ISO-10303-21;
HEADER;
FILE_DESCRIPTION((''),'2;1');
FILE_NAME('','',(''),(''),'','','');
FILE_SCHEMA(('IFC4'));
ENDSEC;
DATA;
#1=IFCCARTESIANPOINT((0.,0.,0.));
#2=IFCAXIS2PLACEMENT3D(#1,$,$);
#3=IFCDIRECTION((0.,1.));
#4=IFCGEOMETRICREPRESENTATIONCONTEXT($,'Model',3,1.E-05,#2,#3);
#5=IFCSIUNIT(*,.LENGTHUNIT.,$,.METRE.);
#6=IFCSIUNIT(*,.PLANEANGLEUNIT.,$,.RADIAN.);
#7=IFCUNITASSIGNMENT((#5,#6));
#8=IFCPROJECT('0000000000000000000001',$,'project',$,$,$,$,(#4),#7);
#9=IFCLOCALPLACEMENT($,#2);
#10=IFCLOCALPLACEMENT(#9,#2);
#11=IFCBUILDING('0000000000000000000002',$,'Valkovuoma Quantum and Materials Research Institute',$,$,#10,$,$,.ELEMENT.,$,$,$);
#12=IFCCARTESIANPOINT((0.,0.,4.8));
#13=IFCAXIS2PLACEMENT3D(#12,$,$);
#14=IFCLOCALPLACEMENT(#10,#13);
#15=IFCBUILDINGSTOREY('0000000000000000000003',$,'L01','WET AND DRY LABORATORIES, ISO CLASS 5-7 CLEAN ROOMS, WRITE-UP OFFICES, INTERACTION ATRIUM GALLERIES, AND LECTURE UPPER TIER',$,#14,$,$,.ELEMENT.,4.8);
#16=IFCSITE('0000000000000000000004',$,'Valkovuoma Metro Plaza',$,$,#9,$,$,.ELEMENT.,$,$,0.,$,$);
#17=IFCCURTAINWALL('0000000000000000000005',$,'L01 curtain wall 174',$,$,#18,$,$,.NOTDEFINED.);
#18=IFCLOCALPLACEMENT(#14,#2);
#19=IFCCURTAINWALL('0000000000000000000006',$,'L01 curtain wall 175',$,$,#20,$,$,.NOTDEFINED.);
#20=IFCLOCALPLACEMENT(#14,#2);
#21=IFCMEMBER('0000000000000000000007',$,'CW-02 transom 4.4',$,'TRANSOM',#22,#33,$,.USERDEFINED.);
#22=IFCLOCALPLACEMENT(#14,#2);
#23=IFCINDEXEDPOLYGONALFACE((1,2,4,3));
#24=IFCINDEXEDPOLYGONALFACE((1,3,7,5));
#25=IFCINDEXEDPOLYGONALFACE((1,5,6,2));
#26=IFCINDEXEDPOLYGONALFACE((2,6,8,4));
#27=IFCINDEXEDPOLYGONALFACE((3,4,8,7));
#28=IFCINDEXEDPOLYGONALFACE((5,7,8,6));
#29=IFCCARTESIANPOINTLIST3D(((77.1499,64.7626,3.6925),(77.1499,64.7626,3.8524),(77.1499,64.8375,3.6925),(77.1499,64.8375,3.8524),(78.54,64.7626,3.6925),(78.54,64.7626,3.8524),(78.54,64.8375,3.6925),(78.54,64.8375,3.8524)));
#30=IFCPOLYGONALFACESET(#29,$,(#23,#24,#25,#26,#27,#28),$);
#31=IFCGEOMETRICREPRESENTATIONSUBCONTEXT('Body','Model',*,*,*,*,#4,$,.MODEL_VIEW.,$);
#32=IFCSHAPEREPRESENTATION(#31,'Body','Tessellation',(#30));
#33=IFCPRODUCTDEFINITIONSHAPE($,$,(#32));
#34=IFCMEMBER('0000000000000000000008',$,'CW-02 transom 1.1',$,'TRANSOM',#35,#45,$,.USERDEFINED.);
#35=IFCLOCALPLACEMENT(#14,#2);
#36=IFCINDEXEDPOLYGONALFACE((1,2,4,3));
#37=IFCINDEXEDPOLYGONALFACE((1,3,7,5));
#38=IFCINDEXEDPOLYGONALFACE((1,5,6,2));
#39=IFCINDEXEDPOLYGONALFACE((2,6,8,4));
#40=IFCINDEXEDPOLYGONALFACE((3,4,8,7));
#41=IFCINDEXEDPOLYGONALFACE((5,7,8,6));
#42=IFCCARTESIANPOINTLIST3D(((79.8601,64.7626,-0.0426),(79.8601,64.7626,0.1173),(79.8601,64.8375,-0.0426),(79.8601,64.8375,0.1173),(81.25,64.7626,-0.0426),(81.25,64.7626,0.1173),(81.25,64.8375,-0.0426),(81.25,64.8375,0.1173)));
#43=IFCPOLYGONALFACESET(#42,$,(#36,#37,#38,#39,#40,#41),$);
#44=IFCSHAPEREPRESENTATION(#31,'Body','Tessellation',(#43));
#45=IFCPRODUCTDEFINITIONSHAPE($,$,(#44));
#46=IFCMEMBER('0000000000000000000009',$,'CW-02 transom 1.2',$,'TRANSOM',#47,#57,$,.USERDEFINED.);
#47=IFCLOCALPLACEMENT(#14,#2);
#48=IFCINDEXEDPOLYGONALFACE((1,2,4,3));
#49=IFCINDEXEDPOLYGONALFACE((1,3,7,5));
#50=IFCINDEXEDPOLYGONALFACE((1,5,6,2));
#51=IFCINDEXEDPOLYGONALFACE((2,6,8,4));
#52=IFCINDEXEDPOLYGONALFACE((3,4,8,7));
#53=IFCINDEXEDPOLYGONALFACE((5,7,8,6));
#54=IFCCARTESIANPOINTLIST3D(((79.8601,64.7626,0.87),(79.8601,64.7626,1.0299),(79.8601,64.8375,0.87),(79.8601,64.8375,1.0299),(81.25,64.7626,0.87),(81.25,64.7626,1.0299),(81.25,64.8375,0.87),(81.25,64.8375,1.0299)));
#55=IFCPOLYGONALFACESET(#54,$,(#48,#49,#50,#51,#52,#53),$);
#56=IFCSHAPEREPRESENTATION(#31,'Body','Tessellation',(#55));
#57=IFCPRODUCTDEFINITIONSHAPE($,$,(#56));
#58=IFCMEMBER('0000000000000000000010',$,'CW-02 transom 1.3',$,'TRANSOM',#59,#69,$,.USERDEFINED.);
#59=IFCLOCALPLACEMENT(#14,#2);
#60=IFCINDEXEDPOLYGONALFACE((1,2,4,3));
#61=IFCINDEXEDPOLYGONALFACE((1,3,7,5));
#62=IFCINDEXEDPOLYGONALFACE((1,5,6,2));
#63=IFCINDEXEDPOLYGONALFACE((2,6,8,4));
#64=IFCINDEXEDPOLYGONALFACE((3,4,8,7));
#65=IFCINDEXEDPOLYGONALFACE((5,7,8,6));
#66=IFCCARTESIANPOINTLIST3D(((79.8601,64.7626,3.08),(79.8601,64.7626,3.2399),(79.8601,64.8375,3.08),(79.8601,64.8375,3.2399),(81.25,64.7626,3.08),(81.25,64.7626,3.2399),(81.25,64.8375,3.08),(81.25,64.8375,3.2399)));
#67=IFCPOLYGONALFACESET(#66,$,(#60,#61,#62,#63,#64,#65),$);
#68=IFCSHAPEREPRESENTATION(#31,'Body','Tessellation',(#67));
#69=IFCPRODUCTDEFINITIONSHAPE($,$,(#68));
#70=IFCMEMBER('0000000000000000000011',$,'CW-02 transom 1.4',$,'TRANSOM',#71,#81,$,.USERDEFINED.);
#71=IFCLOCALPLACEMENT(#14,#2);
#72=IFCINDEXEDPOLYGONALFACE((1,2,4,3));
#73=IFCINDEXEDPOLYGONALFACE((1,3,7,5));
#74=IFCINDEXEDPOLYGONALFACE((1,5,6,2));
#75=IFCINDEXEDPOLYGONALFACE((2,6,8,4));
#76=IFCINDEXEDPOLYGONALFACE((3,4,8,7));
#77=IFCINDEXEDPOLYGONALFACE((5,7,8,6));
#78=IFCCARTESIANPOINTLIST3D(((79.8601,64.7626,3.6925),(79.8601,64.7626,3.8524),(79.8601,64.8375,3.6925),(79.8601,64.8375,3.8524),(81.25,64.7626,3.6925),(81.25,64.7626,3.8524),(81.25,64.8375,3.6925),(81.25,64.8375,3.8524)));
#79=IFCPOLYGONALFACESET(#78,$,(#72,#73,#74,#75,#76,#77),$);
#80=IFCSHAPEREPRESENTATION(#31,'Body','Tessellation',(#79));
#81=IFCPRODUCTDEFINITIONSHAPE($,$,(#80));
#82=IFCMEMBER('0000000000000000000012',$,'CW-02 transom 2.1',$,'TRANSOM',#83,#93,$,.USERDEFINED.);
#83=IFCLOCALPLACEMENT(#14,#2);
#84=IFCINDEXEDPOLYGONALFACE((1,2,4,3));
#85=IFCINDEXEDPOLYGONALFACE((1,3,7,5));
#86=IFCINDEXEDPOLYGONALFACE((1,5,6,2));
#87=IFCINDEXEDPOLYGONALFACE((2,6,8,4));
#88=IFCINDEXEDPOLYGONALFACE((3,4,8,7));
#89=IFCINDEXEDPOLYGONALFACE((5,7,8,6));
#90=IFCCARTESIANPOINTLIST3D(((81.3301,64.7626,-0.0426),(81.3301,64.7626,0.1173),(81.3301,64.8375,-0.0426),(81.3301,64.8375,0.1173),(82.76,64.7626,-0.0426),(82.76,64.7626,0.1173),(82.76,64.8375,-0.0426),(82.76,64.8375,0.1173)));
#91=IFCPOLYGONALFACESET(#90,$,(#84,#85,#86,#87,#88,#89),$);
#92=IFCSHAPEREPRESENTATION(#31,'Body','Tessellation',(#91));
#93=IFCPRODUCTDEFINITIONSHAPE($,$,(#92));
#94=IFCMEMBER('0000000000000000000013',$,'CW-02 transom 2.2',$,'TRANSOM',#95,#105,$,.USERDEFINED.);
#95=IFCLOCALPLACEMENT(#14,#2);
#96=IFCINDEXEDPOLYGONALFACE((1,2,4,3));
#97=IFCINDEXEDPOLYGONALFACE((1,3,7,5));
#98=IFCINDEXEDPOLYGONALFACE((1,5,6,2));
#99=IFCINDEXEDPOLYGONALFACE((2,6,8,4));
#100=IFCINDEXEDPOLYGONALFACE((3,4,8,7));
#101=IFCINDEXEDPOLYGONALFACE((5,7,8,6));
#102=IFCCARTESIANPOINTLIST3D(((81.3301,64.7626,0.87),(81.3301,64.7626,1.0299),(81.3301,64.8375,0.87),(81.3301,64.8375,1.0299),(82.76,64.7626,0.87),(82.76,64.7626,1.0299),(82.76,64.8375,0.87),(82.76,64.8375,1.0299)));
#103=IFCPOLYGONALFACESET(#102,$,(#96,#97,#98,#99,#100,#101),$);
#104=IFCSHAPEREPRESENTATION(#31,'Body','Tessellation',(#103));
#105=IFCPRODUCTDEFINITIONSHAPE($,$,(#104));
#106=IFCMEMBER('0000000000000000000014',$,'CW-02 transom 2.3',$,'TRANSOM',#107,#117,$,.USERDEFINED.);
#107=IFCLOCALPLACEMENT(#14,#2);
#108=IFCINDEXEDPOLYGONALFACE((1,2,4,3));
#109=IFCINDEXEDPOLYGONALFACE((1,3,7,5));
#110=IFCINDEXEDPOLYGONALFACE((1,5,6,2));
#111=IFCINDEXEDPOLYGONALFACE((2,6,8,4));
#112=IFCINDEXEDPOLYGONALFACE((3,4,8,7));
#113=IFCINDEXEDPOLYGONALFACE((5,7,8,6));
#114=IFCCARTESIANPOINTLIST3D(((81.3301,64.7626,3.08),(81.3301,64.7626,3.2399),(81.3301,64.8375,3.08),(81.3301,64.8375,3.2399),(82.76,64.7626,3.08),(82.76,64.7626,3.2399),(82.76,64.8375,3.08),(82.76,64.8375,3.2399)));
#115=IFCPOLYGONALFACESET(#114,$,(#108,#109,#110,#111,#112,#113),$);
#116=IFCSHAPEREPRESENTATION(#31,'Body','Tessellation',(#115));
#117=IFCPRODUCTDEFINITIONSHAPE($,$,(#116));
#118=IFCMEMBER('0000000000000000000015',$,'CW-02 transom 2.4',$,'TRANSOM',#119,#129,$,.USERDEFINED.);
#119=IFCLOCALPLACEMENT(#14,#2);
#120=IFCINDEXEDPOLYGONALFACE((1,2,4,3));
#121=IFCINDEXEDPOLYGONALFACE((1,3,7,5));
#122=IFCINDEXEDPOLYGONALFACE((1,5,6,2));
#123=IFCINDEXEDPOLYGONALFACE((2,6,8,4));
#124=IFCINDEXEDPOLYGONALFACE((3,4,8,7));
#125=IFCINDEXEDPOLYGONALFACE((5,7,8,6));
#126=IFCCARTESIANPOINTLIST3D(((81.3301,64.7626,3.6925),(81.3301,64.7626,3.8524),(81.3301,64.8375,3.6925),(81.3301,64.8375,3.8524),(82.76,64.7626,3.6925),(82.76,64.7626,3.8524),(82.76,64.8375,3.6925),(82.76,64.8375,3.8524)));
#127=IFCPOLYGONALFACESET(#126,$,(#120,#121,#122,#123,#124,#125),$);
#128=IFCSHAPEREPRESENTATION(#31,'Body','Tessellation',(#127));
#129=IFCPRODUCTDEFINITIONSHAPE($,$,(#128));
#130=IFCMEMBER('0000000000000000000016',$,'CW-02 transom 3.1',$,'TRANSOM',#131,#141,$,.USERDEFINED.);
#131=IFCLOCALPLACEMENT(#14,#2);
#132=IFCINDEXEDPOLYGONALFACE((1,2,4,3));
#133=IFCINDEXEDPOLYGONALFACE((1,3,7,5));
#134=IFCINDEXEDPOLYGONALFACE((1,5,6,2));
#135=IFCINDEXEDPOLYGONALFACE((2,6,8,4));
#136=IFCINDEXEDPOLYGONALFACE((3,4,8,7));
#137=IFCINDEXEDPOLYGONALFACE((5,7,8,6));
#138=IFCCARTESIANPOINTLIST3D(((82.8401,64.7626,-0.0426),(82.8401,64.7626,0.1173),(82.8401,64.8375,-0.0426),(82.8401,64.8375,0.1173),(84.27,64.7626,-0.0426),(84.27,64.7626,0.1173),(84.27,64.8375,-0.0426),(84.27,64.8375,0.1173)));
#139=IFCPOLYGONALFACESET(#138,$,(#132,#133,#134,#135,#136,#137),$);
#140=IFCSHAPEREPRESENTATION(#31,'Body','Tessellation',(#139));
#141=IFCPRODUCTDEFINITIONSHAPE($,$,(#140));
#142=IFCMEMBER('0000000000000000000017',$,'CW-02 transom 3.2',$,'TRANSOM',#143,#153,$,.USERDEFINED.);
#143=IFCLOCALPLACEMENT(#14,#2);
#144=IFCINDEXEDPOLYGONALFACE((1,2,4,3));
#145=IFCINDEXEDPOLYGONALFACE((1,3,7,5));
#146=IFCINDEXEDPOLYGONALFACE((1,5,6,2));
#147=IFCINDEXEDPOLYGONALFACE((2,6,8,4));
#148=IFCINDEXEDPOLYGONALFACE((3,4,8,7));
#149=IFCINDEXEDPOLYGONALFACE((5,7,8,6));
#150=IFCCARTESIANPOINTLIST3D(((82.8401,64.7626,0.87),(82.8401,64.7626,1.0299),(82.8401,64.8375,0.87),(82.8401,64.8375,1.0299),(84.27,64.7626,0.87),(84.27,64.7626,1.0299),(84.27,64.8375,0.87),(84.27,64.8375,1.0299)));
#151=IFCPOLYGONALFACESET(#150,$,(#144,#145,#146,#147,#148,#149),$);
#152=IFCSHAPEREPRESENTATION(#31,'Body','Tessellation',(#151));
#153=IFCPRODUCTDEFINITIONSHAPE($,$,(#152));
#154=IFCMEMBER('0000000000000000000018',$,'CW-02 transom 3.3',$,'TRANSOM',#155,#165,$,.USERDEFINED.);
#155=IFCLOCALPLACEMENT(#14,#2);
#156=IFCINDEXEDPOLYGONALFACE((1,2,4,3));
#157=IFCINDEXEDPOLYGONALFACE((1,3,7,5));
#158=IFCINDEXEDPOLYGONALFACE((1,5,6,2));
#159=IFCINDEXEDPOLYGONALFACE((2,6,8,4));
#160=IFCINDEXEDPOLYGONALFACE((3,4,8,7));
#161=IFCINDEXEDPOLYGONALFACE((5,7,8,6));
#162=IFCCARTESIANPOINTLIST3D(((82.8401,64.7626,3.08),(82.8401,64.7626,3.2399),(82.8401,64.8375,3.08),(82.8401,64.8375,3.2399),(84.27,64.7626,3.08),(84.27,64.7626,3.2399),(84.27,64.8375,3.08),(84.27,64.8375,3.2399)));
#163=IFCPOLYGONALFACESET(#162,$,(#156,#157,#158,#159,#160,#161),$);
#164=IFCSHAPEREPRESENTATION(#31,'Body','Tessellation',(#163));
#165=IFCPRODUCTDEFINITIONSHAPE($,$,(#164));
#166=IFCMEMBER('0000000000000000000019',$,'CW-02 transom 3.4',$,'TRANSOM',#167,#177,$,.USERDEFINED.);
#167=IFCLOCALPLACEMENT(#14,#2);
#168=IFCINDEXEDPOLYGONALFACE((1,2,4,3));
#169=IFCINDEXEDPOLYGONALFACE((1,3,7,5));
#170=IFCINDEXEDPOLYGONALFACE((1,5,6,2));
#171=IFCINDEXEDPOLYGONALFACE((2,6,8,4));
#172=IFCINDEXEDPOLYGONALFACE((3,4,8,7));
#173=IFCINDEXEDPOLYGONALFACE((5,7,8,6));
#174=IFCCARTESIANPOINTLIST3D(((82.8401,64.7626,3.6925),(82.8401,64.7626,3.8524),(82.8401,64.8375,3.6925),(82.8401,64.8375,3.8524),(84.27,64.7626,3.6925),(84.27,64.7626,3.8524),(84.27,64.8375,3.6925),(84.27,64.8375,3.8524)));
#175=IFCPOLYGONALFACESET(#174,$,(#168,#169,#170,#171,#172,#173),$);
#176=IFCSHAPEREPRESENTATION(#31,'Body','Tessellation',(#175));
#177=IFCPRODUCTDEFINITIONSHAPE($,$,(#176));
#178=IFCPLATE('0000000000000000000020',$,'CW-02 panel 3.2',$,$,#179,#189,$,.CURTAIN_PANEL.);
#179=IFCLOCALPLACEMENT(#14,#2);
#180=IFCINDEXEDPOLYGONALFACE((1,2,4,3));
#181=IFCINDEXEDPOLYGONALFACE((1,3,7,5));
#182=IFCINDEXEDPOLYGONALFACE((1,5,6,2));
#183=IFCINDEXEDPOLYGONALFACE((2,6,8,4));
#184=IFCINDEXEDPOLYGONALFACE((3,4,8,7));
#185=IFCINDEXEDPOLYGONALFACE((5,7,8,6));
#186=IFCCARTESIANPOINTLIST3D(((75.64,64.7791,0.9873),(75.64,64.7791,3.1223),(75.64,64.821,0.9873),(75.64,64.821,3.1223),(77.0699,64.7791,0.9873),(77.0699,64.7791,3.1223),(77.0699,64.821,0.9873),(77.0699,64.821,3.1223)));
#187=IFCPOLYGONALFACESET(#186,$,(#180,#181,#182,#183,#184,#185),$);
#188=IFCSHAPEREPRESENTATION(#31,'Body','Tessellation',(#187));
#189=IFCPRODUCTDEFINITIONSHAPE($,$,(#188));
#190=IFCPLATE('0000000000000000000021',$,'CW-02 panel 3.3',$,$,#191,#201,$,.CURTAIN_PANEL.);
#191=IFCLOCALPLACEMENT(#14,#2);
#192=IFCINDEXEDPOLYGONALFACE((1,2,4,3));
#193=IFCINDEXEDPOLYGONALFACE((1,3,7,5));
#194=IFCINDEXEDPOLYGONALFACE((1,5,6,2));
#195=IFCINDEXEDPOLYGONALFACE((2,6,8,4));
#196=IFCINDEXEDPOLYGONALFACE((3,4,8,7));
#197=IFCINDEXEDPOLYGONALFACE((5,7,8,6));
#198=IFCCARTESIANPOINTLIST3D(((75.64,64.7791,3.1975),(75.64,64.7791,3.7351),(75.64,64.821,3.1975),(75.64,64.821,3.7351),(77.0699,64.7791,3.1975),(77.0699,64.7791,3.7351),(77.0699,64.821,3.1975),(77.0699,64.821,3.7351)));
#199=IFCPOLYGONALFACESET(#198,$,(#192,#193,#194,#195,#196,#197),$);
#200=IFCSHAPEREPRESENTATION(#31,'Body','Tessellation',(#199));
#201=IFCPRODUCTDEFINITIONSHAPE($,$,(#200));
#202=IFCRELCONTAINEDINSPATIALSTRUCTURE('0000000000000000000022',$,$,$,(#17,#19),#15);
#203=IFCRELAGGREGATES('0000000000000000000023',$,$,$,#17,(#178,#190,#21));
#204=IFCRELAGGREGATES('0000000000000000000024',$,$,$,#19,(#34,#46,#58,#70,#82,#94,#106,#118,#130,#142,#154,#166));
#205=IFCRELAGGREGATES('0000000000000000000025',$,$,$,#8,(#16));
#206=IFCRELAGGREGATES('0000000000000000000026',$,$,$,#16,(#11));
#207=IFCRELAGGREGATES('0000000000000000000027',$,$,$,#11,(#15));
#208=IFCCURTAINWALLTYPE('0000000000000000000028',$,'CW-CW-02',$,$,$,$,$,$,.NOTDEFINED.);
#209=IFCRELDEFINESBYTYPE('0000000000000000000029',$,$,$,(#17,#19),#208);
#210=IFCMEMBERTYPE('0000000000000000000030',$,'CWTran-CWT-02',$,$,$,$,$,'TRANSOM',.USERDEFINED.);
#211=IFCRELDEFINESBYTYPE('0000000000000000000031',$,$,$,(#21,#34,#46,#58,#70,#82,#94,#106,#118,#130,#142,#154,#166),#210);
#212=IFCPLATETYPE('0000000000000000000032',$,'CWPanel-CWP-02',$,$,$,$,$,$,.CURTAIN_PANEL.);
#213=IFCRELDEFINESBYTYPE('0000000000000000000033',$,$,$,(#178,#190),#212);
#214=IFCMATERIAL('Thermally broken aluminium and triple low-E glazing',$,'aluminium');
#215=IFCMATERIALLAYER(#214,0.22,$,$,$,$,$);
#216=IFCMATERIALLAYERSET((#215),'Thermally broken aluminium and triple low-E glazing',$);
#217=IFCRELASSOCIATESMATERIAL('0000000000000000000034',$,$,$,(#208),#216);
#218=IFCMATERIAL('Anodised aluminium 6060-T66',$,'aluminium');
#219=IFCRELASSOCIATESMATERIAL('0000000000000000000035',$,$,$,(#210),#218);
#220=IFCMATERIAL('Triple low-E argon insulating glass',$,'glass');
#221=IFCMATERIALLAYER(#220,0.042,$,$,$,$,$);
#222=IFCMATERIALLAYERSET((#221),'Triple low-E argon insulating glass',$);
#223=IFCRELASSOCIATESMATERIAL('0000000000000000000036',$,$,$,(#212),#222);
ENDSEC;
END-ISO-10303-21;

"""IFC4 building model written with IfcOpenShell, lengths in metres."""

from ifc_helpers import new_model, si_unit, direction, frame, origin, origin_2d, place, context, subcontext, project, spatial, rectangle, extrude, material, layer, layer_set, material_profile, profile_set, type_object, element, aggregate, save


model = new_model("IFC4")

# Units and contexts
model_context = context("Model", 3, precision=1e-05, world=origin(), true_north=direction((0.0, 1.0)))
body_context = subcontext(model_context, "Body", "Model", "MODEL_VIEW")
ifc_project = project(units=[si_unit("LENGTHUNIT", "METRE"), si_unit("PLANEANGLEUNIT", "RADIAN")], contexts=[model_context])

# Site, building, storey
site_placement = place(None, origin())
site = spatial("IfcSite", under=ifc_project, at=site_placement, Name="Valkovuoma Metro Plaza", CompositionType="ELEMENT", RefElevation=0.0)
building_placement = place(site_placement, origin())
building = spatial("IfcBuilding", under=site, at=building_placement, Name="Valkovuoma Quantum and Materials Research Institute", CompositionType="ELEMENT")
storey_placement = place(building_placement, frame((0.0, 0.0, 4.8)))
storey = spatial("IfcBuildingStorey", under=building, at=storey_placement, Name="L01", Description="WET AND DRY LABORATORIES, ISO CLASS 5-7 CLEAN ROOMS, WRITE-UP OFFICES, INTERACTION ATRIUM GALLERIES, AND LECTURE UPPER TIER", CompositionType="ELEMENT", Elevation=4.8)

# Curtain walls
ifc_material_1 = material(Name="Thermally broken aluminium and triple low-E glazing", Category="aluminium")
ifc_layer_1 = layer(ifc_material_1, 0.22)
ifc_layer_set_1 = layer_set([ifc_layer_1], Name="Thermally broken aluminium and triple low-E glazing")
curtain_wall_type = type_object("IfcCurtainWallType", Name="CW-CW-02", PredefinedType="NOTDEFINED", material=ifc_layer_set_1)
curtain_wall_1_placement = place(storey_placement, origin())
curtain_wall_1 = element("IfcCurtainWall", 1, at=curtain_wall_1_placement, inside=storey, type_object=curtain_wall_type, Name="L01 curtain wall 174", PredefinedType="NOTDEFINED")
curtain_wall_2_placement = place(storey_placement, origin())
curtain_wall_2 = element("IfcCurtainWall", 2, at=curtain_wall_2_placement, inside=storey, type_object=curtain_wall_type, Name="L01 curtain wall 175", PredefinedType="NOTDEFINED")

# Members
ifc_material_2 = material(Name="Anodised aluminium 6060-T66", Category="aluminium")
ifc_material_profile_1 = material_profile(ifc_material_2, rectangle(XDim=0.075, YDim=0.1599, at=origin_2d()), Name="Anodised aluminium 6060-T66")
ifc_profile_set_1 = profile_set([ifc_material_profile_1], Name="Anodised aluminium 6060-T66")
member_type_1 = type_object("IfcMemberType", Name="CWTran-CWT-02", ElementType="TRANSOM", PredefinedType="USERDEFINED", material=ifc_profile_set_1)
member_1_placement = place(storey_placement, frame((77.1499, 64.8, 3.7725), z_axis=(1.0, 0.0, 0.0), x_axis=(0.0, 1.0, 0.0)))
member_1 = element("IfcMember", 3, at=member_1_placement, type_object=member_type_1, Name="CW-02 transom 4.4", ObjectType="TRANSOM", PredefinedType="USERDEFINED", context=body_context, shape_type="SweptSolid", body=[
    extrude(rectangle(XDim=0.075, YDim=0.1599, at=origin_2d()), origin(), (0.0, 0.0, 1.0), 1.3901),
])
member_2_placement = place(storey_placement, frame((79.8601, 64.8, 0.0374), z_axis=(1.0, 0.0, 0.0), x_axis=(0.0, 1.0, 0.0)))
member_2 = element("IfcMember", 4, at=member_2_placement, type_object=member_type_1, Name="CW-02 transom 1.1", ObjectType="TRANSOM", PredefinedType="USERDEFINED", context=body_context, shape_type="SweptSolid", body=[
    extrude(rectangle(XDim=0.075, YDim=0.1599, at=origin_2d()), origin(), (0.0, 0.0, 1.0), 1.3899),
])
member_3_placement = place(storey_placement, frame((79.8601, 64.8, 0.95), z_axis=(1.0, 0.0, 0.0), x_axis=(0.0, 1.0, 0.0)))
member_3 = element("IfcMember", 5, at=member_3_placement, type_object=member_type_1, Name="CW-02 transom 1.2", ObjectType="TRANSOM", PredefinedType="USERDEFINED", context=body_context, shape_type="SweptSolid", body=[
    extrude(rectangle(XDim=0.075, YDim=0.1599, at=origin_2d()), origin(), (0.0, 0.0, 1.0), 1.3899),
])
member_4_placement = place(storey_placement, frame((79.8601, 64.8, 3.1599), z_axis=(1.0, 0.0, 0.0), x_axis=(0.0, 1.0, 0.0)))
member_4 = element("IfcMember", 6, at=member_4_placement, type_object=member_type_1, Name="CW-02 transom 1.3", ObjectType="TRANSOM", PredefinedType="USERDEFINED", context=body_context, shape_type="SweptSolid", body=[
    extrude(rectangle(XDim=0.075, YDim=0.1599, at=origin_2d()), origin(), (0.0, 0.0, 1.0), 1.3899),
])
member_5_placement = place(storey_placement, frame((79.8601, 64.8, 3.7725), z_axis=(1.0, 0.0, 0.0), x_axis=(0.0, 1.0, 0.0)))
member_5 = element("IfcMember", 7, at=member_5_placement, type_object=member_type_1, Name="CW-02 transom 1.4", ObjectType="TRANSOM", PredefinedType="USERDEFINED", context=body_context, shape_type="SweptSolid", body=[
    extrude(rectangle(XDim=0.075, YDim=0.1599, at=origin_2d()), origin(), (0.0, 0.0, 1.0), 1.3899),
])
member_6_placement = place(storey_placement, frame((81.3301, 64.8, 0.0374), z_axis=(1.0, 0.0, 0.0), x_axis=(0.0, 1.0, 0.0)))
member_6 = element("IfcMember", 8, at=member_6_placement, type_object=member_type_1, Name="CW-02 transom 2.1", ObjectType="TRANSOM", PredefinedType="USERDEFINED", context=body_context, shape_type="SweptSolid", body=[
    extrude(rectangle(XDim=0.075, YDim=0.1599, at=origin_2d()), origin(), (0.0, 0.0, 1.0), 1.4299),
])
member_7_placement = place(storey_placement, frame((81.3301, 64.8, 0.95), z_axis=(1.0, 0.0, 0.0), x_axis=(0.0, 1.0, 0.0)))
member_7 = element("IfcMember", 9, at=member_7_placement, type_object=member_type_1, Name="CW-02 transom 2.2", ObjectType="TRANSOM", PredefinedType="USERDEFINED", context=body_context, shape_type="SweptSolid", body=[
    extrude(rectangle(XDim=0.075, YDim=0.1599, at=origin_2d()), origin(), (0.0, 0.0, 1.0), 1.4299),
])
member_8_placement = place(storey_placement, frame((81.3301, 64.8, 3.1599), z_axis=(1.0, 0.0, 0.0), x_axis=(0.0, 1.0, 0.0)))
member_8 = element("IfcMember", 10, at=member_8_placement, type_object=member_type_1, Name="CW-02 transom 2.3", ObjectType="TRANSOM", PredefinedType="USERDEFINED", context=body_context, shape_type="SweptSolid", body=[
    extrude(rectangle(XDim=0.075, YDim=0.1599, at=origin_2d()), origin(), (0.0, 0.0, 1.0), 1.4299),
])
member_9_placement = place(storey_placement, frame((81.3301, 64.8, 3.7725), z_axis=(1.0, 0.0, 0.0), x_axis=(0.0, 1.0, 0.0)))
member_9 = element("IfcMember", 11, at=member_9_placement, type_object=member_type_1, Name="CW-02 transom 2.4", ObjectType="TRANSOM", PredefinedType="USERDEFINED", context=body_context, shape_type="SweptSolid", body=[
    extrude(rectangle(XDim=0.075, YDim=0.1599, at=origin_2d()), origin(), (0.0, 0.0, 1.0), 1.4299),
])
member_10_placement = place(storey_placement, frame((82.8401, 64.8, 0.0374), z_axis=(1.0, 0.0, 0.0), x_axis=(0.0, 1.0, 0.0)))
member_10 = element("IfcMember", 12, at=member_10_placement, type_object=member_type_1, Name="CW-02 transom 3.1", ObjectType="TRANSOM", PredefinedType="USERDEFINED", context=body_context, shape_type="SweptSolid", body=[
    extrude(rectangle(XDim=0.075, YDim=0.1599, at=origin_2d()), origin(), (0.0, 0.0, 1.0), 1.4299),
])
member_11_placement = place(storey_placement, frame((82.8401, 64.8, 0.95), z_axis=(1.0, 0.0, 0.0), x_axis=(0.0, 1.0, 0.0)))
member_11 = element("IfcMember", 13, at=member_11_placement, type_object=member_type_1, Name="CW-02 transom 3.2", ObjectType="TRANSOM", PredefinedType="USERDEFINED", context=body_context, shape_type="SweptSolid", body=[
    extrude(rectangle(XDim=0.075, YDim=0.1599, at=origin_2d()), origin(), (0.0, 0.0, 1.0), 1.4299),
])
member_12_placement = place(storey_placement, frame((82.8401, 64.8, 3.1599), z_axis=(1.0, 0.0, 0.0), x_axis=(0.0, 1.0, 0.0)))
member_12 = element("IfcMember", 14, at=member_12_placement, type_object=member_type_1, Name="CW-02 transom 3.3", ObjectType="TRANSOM", PredefinedType="USERDEFINED", context=body_context, shape_type="SweptSolid", body=[
    extrude(rectangle(XDim=0.075, YDim=0.1599, at=origin_2d()), origin(), (0.0, 0.0, 1.0), 1.4299),
])
member_13_placement = place(storey_placement, frame((82.8401, 64.8, 3.7725), z_axis=(1.0, 0.0, 0.0), x_axis=(0.0, 1.0, 0.0)))
member_13 = element("IfcMember", 15, at=member_13_placement, type_object=member_type_1, Name="CW-02 transom 3.4", ObjectType="TRANSOM", PredefinedType="USERDEFINED", context=body_context, shape_type="SweptSolid", body=[
    extrude(rectangle(XDim=0.075, YDim=0.1599, at=origin_2d()), origin(), (0.0, 0.0, 1.0), 1.4299),
])

# Plates
ifc_material_3 = material(Name="Triple low-E argon insulating glass", Category="glass")
ifc_layer_2 = layer(ifc_material_3, 0.042)
ifc_layer_set_2 = layer_set([ifc_layer_2], Name="Triple low-E argon insulating glass")
plate_type = type_object("IfcPlateType", Name="CWPanel-CWP-02", PredefinedType="CURTAIN_PANEL", material=ifc_layer_set_2)
plate_1_placement = place(storey_placement, frame((76.355, 64.8, 0.9873), z_axis=(0.0, 0.0, 1.0), x_axis=(1.0, 0.0, 0.0)))
plate_1 = element("IfcPlate", 16, at=plate_1_placement, type_object=plate_type, Name="CW-02 panel 3.2", PredefinedType="CURTAIN_PANEL", context=body_context, shape_type="SweptSolid", body=[
    extrude(rectangle(XDim=1.4299, YDim=0.042, at=origin_2d()), origin(), (0.0, 0.0, 1.0), 2.135),
])
plate_2_placement = place(storey_placement, frame((76.355, 64.8, 3.1975), z_axis=(0.0, 0.0, 1.0), x_axis=(1.0, 0.0, 0.0)))
plate_2 = element("IfcPlate", 17, at=plate_2_placement, type_object=plate_type, Name="CW-02 panel 3.3", PredefinedType="CURTAIN_PANEL", context=body_context, shape_type="SweptSolid", body=[
    extrude(rectangle(XDim=1.4299, YDim=0.042, at=origin_2d()), origin(), (0.0, 0.0, 1.0), 0.5376),
])
aggregate(curtain_wall_1, [plate_1, plate_2, member_1])
aggregate(curtain_wall_2, [member_2, member_3, member_4, member_5, member_6, member_7, member_8, member_9, member_10, member_11, member_12, member_13])

save(model, "model.ifc")
